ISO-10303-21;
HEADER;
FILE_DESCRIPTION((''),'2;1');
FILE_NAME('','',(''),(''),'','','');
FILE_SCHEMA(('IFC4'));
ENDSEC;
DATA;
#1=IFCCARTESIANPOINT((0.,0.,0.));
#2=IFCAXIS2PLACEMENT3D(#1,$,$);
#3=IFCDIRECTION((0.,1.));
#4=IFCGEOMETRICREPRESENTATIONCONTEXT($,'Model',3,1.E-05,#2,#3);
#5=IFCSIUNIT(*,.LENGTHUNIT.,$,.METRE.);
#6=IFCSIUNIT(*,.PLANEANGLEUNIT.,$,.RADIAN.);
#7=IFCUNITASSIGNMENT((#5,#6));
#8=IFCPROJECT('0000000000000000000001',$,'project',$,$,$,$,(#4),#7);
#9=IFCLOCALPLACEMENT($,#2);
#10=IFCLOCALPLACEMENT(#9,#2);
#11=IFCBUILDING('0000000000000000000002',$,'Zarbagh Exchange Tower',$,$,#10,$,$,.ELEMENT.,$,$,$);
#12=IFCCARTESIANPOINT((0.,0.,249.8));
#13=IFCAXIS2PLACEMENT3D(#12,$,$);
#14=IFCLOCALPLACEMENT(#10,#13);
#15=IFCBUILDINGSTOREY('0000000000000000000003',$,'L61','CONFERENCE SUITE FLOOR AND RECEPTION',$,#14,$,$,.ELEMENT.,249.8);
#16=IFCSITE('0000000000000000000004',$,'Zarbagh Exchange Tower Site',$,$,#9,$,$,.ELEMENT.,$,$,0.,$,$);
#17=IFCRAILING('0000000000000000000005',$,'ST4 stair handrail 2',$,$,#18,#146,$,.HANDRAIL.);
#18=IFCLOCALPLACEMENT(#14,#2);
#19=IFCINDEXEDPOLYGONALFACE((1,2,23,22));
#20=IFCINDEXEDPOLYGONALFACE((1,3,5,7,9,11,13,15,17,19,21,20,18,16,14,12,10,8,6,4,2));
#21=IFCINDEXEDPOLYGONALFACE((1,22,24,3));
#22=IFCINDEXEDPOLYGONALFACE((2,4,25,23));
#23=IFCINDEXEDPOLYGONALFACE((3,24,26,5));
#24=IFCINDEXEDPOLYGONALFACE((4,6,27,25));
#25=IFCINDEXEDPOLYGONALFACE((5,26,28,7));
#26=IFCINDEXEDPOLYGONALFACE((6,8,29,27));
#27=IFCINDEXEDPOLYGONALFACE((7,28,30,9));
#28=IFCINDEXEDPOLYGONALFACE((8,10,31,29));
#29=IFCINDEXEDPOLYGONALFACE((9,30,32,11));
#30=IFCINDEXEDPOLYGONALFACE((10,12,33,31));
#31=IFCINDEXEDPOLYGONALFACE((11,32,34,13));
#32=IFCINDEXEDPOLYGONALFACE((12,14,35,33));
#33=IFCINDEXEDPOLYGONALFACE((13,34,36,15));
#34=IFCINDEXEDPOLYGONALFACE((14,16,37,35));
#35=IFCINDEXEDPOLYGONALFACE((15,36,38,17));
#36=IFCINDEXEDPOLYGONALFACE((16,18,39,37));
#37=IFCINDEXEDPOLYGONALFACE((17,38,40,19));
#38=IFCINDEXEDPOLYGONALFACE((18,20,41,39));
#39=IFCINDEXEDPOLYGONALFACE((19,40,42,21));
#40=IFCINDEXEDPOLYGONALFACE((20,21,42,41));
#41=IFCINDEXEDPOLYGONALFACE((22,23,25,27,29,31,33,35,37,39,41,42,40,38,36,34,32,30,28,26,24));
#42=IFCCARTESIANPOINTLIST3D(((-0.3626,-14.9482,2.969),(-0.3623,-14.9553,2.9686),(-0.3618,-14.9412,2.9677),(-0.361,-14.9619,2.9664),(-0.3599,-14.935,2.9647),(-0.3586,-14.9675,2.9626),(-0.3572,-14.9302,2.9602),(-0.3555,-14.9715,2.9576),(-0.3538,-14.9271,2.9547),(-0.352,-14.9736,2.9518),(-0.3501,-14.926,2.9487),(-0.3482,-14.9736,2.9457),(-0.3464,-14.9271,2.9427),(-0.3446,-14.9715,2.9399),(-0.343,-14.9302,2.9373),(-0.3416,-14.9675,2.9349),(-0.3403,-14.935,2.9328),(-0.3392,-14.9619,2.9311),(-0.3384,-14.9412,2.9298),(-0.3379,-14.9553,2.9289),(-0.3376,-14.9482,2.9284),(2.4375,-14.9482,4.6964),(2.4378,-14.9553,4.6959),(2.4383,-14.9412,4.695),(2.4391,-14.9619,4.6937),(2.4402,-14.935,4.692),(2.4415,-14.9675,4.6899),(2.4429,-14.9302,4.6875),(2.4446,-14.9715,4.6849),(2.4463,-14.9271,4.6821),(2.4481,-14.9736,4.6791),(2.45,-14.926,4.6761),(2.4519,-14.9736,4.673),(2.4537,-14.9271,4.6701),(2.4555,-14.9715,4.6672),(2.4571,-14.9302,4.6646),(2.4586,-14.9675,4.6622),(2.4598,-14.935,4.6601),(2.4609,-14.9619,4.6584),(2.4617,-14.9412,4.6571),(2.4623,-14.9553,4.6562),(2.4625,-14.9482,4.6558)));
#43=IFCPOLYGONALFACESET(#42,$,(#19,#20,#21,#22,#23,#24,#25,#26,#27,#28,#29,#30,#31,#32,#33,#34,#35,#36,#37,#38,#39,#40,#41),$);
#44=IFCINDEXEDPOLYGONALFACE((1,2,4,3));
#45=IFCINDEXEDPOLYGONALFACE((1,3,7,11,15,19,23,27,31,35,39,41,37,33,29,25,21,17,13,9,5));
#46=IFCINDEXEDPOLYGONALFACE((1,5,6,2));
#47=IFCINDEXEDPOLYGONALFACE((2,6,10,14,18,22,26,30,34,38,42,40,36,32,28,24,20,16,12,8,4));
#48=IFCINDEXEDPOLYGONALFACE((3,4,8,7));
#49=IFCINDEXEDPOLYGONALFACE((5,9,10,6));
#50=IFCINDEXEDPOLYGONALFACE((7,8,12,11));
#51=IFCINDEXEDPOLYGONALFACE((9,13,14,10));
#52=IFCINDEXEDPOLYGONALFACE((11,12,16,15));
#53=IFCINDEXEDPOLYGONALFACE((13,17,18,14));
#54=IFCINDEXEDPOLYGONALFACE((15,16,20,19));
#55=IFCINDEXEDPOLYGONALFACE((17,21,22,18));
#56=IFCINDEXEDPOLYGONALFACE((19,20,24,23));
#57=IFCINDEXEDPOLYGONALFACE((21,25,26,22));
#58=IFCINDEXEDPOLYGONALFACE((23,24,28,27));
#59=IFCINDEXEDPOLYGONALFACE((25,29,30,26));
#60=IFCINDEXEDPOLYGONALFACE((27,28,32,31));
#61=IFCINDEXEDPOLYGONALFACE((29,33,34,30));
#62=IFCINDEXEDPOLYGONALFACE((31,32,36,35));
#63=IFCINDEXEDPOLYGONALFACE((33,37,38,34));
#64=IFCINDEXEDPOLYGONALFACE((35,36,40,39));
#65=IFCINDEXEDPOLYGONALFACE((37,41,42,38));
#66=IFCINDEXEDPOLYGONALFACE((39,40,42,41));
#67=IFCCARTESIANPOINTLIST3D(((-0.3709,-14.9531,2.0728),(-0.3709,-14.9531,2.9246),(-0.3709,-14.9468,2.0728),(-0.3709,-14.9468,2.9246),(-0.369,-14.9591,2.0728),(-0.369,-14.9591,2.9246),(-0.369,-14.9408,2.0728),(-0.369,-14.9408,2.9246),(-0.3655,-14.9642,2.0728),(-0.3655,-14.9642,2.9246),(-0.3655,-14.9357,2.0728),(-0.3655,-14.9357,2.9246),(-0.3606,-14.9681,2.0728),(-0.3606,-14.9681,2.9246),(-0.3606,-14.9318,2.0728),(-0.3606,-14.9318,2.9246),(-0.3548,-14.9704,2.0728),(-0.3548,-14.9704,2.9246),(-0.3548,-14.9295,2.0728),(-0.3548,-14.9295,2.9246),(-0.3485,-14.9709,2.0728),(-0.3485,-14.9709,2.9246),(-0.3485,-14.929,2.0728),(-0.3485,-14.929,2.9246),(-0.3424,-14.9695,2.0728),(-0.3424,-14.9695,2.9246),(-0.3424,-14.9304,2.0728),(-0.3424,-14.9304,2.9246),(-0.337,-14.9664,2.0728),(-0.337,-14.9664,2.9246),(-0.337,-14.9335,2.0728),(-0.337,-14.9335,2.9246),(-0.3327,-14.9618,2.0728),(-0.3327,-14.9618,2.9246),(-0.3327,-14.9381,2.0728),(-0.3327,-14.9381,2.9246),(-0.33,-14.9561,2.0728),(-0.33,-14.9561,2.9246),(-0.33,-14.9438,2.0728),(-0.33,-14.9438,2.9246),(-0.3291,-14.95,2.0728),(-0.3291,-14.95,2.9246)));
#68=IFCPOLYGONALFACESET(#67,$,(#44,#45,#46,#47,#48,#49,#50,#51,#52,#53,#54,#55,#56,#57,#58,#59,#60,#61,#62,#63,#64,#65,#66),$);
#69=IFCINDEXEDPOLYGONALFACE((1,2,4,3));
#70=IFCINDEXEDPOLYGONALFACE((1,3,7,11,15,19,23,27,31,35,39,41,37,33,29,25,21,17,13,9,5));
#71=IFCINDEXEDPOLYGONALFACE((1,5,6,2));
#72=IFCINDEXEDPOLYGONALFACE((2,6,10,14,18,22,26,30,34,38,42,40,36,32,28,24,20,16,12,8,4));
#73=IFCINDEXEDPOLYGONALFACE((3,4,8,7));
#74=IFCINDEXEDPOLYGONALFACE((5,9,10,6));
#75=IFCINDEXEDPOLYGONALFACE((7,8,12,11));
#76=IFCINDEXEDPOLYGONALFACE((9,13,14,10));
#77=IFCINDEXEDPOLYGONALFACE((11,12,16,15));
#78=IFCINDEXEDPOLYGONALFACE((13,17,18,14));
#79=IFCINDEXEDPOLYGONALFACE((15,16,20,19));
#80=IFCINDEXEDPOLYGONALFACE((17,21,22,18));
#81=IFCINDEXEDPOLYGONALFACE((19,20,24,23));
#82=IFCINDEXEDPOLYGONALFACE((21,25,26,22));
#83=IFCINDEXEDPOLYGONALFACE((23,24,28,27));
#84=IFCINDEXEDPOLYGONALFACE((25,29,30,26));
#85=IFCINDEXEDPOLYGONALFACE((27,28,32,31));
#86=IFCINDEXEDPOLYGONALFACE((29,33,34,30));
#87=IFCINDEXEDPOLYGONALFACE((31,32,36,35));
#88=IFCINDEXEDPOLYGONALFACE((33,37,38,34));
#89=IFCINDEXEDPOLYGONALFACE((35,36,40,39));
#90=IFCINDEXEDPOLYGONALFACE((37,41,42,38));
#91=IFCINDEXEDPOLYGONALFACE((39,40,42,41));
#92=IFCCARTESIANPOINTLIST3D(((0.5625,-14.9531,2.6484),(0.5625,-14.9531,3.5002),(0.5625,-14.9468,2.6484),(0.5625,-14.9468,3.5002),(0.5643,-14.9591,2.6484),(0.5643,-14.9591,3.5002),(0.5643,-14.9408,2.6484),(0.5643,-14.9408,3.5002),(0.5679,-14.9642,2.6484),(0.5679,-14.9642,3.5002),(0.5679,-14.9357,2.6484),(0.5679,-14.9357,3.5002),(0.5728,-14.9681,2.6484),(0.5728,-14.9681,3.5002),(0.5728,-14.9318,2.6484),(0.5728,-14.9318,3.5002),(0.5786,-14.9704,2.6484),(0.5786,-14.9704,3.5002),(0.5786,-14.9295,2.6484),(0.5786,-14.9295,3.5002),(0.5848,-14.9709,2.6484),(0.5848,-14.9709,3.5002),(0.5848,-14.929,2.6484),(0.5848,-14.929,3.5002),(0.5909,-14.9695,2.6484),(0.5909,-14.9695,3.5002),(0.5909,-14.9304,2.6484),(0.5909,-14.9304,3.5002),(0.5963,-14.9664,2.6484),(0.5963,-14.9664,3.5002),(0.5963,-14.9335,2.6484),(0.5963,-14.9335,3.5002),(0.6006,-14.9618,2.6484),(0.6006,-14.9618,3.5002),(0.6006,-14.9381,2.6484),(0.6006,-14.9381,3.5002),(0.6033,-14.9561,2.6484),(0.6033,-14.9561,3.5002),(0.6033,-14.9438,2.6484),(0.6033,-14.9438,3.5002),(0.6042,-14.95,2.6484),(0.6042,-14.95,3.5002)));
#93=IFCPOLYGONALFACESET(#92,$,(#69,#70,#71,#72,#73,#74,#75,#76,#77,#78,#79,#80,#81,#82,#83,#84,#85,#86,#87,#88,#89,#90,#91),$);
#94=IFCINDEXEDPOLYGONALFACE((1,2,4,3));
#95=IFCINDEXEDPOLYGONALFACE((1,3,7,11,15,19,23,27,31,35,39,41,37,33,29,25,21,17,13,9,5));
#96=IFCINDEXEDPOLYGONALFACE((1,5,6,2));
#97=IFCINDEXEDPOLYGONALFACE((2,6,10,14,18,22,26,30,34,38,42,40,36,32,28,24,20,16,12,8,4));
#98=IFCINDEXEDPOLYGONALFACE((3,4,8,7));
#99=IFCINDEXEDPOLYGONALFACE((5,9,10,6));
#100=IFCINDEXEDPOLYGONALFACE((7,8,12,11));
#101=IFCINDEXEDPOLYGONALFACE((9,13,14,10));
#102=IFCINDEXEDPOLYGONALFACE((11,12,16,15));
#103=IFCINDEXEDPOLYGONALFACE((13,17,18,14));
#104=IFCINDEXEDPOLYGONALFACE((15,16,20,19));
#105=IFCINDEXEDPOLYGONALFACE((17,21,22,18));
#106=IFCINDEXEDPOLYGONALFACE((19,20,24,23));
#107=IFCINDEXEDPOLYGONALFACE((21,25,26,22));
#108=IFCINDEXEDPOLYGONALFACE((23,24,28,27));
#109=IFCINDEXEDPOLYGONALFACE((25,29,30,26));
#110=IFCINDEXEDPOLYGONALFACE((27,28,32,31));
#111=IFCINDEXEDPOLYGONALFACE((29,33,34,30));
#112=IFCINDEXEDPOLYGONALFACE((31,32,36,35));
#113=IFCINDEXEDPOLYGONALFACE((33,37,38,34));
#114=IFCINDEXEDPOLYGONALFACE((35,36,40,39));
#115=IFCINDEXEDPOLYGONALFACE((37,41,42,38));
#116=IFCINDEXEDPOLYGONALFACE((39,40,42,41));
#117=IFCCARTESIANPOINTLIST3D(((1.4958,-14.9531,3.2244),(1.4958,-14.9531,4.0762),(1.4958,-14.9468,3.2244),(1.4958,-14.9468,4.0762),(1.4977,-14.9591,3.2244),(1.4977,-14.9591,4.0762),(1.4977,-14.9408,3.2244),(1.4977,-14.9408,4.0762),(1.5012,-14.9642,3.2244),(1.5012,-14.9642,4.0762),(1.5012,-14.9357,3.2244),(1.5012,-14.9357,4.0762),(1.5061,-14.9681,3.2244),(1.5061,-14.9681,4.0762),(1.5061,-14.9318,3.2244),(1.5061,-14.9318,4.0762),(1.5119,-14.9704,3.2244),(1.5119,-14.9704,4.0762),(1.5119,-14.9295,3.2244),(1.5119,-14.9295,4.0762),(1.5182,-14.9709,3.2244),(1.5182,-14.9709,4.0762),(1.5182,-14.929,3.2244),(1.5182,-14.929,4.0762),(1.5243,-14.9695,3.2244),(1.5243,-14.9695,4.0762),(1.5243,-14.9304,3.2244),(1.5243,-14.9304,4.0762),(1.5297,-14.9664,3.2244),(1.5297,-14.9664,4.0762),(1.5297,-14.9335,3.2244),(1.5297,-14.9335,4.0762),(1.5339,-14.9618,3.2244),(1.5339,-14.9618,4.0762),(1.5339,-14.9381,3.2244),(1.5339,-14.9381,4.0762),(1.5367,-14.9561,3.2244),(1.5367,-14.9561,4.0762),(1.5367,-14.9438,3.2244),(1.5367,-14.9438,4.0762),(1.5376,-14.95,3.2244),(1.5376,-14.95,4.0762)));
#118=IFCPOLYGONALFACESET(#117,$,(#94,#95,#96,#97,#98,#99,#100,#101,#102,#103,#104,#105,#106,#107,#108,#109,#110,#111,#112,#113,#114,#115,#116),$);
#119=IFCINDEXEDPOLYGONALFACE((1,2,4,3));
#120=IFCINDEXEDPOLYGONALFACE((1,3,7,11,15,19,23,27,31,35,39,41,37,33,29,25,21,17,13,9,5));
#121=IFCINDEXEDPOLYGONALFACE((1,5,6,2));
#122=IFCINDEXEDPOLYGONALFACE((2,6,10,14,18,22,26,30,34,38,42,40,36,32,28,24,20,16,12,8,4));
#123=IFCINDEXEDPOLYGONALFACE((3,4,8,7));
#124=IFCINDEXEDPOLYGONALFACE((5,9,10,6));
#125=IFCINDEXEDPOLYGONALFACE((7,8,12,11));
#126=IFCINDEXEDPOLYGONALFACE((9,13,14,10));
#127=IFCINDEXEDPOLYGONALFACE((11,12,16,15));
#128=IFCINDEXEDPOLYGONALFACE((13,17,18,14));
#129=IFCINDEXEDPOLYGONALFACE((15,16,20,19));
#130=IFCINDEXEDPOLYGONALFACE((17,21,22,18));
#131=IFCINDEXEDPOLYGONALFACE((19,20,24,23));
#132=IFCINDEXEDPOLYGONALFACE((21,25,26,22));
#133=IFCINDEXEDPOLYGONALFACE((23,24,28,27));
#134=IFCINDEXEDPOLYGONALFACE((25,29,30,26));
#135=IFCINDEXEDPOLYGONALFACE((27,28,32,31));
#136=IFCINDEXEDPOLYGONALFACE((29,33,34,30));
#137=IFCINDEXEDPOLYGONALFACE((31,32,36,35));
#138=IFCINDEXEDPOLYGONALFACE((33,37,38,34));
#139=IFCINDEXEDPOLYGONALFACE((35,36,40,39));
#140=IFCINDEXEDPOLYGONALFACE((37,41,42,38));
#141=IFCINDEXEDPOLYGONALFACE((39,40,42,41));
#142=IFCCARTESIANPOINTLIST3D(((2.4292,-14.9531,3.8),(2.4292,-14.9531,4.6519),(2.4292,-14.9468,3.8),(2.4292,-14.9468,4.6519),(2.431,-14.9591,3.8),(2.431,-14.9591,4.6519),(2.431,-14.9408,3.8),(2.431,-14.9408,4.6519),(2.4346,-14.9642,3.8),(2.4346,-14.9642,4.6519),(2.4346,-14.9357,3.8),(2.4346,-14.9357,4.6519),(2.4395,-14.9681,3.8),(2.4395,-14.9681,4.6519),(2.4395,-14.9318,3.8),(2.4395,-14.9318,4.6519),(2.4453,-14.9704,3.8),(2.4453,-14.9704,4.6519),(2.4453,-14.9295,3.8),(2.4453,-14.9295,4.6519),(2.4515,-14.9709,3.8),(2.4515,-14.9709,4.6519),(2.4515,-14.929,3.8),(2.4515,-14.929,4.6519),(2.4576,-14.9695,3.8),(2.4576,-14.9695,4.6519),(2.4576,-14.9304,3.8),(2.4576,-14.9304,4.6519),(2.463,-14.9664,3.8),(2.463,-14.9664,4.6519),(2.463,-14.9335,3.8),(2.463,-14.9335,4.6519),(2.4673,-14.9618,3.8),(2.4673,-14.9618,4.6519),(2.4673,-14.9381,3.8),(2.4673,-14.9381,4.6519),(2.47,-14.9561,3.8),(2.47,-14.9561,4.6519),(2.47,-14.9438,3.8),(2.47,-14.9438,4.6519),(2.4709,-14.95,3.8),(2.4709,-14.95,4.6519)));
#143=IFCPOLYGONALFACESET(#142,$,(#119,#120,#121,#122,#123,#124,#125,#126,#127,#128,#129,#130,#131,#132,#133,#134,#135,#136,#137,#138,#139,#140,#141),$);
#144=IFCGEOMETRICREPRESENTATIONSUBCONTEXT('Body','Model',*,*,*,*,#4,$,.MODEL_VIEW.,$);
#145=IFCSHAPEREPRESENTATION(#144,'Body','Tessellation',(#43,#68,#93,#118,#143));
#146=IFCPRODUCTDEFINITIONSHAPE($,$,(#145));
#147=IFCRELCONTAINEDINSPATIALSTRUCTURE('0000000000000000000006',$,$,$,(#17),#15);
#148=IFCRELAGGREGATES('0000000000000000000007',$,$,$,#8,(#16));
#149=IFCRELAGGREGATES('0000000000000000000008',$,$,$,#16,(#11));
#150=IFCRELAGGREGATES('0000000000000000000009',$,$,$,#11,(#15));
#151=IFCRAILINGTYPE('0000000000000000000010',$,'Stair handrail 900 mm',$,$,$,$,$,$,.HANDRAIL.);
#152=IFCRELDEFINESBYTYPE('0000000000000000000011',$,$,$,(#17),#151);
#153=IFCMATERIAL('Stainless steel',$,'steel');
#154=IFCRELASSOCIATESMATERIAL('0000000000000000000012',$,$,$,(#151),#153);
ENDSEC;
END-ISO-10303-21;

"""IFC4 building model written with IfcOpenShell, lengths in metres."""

from ifc_helpers import new_model, si_unit, direction, frame, origin, origin_2d, place, context, subcontext, project, spatial, circle, extrude, material, type_object, element, save


model = new_model("IFC4")

# Units and contexts
model_context = context("Model", 3, precision=1e-05, world=origin(), true_north=direction((0.0, 1.0)))
body_context = subcontext(model_context, "Body", "Model", "MODEL_VIEW")
ifc_project = project(units=[si_unit("LENGTHUNIT", "METRE"), si_unit("PLANEANGLEUNIT", "RADIAN")], contexts=[model_context])

# Site, building, storey
site_placement = place(None, origin())
site = spatial("IfcSite", under=ifc_project, at=site_placement, Name="Zarbagh Exchange Tower Site", CompositionType="ELEMENT", RefElevation=0.0)
building_placement = place(site_placement, origin())
building = spatial("IfcBuilding", under=site, at=building_placement, Name="Zarbagh Exchange Tower", CompositionType="ELEMENT")
storey_placement = place(building_placement, frame((0.0, 0.0, 249.8)))
storey = spatial("IfcBuildingStorey", under=building, at=storey_placement, Name="L61", Description="CONFERENCE SUITE FLOOR AND RECEPTION", CompositionType="ELEMENT", Elevation=249.8)

# Shared definitions
ifc_material_1 = material(Name="Stainless steel", Category="steel")

# Railing
railing_type_1 = type_object("IfcRailingType", Name="Stair handrail 900 mm", PredefinedType="HANDRAIL", material=ifc_material_1)
railing_1_placement = place(storey_placement, frame((-0.3501, -14.95, 2.0728)))
element("IfcRailing", 1, at=railing_1_placement, inside=storey, type_object=railing_type_1, Name="ST4 stair handrail 2", PredefinedType="HANDRAIL", context=body_context, shape_type="SweptSolid", body=[
    extrude(circle(Radius=0.0239, at=origin_2d()), frame((0.0, 0.0, 0.876), z_axis=(0.85109, 0.0, 0.52502), x_axis=(0.0, 1.0, 0.0)), (0.0, 0.0, 1.0), 3.29),
    extrude(circle(Radius=0.021, at=origin_2d()), origin(), (0.0, 0.0, 1.0), 0.8518),
    extrude(circle(Radius=0.021, at=origin_2d()), frame((0.9333, 0.0, 0.5757)), (0.0, 0.0, 1.0), 0.8518),
    extrude(circle(Radius=0.021, at=origin_2d()), frame((1.8667, 0.0, 1.1516)), (0.0, 0.0, 1.0), 0.8518),
    extrude(circle(Radius=0.021, at=origin_2d()), frame((2.8, 0.0, 1.7273)), (0.0, 0.0, 1.0), 0.8518),
])

save(model, "model.ifc")
